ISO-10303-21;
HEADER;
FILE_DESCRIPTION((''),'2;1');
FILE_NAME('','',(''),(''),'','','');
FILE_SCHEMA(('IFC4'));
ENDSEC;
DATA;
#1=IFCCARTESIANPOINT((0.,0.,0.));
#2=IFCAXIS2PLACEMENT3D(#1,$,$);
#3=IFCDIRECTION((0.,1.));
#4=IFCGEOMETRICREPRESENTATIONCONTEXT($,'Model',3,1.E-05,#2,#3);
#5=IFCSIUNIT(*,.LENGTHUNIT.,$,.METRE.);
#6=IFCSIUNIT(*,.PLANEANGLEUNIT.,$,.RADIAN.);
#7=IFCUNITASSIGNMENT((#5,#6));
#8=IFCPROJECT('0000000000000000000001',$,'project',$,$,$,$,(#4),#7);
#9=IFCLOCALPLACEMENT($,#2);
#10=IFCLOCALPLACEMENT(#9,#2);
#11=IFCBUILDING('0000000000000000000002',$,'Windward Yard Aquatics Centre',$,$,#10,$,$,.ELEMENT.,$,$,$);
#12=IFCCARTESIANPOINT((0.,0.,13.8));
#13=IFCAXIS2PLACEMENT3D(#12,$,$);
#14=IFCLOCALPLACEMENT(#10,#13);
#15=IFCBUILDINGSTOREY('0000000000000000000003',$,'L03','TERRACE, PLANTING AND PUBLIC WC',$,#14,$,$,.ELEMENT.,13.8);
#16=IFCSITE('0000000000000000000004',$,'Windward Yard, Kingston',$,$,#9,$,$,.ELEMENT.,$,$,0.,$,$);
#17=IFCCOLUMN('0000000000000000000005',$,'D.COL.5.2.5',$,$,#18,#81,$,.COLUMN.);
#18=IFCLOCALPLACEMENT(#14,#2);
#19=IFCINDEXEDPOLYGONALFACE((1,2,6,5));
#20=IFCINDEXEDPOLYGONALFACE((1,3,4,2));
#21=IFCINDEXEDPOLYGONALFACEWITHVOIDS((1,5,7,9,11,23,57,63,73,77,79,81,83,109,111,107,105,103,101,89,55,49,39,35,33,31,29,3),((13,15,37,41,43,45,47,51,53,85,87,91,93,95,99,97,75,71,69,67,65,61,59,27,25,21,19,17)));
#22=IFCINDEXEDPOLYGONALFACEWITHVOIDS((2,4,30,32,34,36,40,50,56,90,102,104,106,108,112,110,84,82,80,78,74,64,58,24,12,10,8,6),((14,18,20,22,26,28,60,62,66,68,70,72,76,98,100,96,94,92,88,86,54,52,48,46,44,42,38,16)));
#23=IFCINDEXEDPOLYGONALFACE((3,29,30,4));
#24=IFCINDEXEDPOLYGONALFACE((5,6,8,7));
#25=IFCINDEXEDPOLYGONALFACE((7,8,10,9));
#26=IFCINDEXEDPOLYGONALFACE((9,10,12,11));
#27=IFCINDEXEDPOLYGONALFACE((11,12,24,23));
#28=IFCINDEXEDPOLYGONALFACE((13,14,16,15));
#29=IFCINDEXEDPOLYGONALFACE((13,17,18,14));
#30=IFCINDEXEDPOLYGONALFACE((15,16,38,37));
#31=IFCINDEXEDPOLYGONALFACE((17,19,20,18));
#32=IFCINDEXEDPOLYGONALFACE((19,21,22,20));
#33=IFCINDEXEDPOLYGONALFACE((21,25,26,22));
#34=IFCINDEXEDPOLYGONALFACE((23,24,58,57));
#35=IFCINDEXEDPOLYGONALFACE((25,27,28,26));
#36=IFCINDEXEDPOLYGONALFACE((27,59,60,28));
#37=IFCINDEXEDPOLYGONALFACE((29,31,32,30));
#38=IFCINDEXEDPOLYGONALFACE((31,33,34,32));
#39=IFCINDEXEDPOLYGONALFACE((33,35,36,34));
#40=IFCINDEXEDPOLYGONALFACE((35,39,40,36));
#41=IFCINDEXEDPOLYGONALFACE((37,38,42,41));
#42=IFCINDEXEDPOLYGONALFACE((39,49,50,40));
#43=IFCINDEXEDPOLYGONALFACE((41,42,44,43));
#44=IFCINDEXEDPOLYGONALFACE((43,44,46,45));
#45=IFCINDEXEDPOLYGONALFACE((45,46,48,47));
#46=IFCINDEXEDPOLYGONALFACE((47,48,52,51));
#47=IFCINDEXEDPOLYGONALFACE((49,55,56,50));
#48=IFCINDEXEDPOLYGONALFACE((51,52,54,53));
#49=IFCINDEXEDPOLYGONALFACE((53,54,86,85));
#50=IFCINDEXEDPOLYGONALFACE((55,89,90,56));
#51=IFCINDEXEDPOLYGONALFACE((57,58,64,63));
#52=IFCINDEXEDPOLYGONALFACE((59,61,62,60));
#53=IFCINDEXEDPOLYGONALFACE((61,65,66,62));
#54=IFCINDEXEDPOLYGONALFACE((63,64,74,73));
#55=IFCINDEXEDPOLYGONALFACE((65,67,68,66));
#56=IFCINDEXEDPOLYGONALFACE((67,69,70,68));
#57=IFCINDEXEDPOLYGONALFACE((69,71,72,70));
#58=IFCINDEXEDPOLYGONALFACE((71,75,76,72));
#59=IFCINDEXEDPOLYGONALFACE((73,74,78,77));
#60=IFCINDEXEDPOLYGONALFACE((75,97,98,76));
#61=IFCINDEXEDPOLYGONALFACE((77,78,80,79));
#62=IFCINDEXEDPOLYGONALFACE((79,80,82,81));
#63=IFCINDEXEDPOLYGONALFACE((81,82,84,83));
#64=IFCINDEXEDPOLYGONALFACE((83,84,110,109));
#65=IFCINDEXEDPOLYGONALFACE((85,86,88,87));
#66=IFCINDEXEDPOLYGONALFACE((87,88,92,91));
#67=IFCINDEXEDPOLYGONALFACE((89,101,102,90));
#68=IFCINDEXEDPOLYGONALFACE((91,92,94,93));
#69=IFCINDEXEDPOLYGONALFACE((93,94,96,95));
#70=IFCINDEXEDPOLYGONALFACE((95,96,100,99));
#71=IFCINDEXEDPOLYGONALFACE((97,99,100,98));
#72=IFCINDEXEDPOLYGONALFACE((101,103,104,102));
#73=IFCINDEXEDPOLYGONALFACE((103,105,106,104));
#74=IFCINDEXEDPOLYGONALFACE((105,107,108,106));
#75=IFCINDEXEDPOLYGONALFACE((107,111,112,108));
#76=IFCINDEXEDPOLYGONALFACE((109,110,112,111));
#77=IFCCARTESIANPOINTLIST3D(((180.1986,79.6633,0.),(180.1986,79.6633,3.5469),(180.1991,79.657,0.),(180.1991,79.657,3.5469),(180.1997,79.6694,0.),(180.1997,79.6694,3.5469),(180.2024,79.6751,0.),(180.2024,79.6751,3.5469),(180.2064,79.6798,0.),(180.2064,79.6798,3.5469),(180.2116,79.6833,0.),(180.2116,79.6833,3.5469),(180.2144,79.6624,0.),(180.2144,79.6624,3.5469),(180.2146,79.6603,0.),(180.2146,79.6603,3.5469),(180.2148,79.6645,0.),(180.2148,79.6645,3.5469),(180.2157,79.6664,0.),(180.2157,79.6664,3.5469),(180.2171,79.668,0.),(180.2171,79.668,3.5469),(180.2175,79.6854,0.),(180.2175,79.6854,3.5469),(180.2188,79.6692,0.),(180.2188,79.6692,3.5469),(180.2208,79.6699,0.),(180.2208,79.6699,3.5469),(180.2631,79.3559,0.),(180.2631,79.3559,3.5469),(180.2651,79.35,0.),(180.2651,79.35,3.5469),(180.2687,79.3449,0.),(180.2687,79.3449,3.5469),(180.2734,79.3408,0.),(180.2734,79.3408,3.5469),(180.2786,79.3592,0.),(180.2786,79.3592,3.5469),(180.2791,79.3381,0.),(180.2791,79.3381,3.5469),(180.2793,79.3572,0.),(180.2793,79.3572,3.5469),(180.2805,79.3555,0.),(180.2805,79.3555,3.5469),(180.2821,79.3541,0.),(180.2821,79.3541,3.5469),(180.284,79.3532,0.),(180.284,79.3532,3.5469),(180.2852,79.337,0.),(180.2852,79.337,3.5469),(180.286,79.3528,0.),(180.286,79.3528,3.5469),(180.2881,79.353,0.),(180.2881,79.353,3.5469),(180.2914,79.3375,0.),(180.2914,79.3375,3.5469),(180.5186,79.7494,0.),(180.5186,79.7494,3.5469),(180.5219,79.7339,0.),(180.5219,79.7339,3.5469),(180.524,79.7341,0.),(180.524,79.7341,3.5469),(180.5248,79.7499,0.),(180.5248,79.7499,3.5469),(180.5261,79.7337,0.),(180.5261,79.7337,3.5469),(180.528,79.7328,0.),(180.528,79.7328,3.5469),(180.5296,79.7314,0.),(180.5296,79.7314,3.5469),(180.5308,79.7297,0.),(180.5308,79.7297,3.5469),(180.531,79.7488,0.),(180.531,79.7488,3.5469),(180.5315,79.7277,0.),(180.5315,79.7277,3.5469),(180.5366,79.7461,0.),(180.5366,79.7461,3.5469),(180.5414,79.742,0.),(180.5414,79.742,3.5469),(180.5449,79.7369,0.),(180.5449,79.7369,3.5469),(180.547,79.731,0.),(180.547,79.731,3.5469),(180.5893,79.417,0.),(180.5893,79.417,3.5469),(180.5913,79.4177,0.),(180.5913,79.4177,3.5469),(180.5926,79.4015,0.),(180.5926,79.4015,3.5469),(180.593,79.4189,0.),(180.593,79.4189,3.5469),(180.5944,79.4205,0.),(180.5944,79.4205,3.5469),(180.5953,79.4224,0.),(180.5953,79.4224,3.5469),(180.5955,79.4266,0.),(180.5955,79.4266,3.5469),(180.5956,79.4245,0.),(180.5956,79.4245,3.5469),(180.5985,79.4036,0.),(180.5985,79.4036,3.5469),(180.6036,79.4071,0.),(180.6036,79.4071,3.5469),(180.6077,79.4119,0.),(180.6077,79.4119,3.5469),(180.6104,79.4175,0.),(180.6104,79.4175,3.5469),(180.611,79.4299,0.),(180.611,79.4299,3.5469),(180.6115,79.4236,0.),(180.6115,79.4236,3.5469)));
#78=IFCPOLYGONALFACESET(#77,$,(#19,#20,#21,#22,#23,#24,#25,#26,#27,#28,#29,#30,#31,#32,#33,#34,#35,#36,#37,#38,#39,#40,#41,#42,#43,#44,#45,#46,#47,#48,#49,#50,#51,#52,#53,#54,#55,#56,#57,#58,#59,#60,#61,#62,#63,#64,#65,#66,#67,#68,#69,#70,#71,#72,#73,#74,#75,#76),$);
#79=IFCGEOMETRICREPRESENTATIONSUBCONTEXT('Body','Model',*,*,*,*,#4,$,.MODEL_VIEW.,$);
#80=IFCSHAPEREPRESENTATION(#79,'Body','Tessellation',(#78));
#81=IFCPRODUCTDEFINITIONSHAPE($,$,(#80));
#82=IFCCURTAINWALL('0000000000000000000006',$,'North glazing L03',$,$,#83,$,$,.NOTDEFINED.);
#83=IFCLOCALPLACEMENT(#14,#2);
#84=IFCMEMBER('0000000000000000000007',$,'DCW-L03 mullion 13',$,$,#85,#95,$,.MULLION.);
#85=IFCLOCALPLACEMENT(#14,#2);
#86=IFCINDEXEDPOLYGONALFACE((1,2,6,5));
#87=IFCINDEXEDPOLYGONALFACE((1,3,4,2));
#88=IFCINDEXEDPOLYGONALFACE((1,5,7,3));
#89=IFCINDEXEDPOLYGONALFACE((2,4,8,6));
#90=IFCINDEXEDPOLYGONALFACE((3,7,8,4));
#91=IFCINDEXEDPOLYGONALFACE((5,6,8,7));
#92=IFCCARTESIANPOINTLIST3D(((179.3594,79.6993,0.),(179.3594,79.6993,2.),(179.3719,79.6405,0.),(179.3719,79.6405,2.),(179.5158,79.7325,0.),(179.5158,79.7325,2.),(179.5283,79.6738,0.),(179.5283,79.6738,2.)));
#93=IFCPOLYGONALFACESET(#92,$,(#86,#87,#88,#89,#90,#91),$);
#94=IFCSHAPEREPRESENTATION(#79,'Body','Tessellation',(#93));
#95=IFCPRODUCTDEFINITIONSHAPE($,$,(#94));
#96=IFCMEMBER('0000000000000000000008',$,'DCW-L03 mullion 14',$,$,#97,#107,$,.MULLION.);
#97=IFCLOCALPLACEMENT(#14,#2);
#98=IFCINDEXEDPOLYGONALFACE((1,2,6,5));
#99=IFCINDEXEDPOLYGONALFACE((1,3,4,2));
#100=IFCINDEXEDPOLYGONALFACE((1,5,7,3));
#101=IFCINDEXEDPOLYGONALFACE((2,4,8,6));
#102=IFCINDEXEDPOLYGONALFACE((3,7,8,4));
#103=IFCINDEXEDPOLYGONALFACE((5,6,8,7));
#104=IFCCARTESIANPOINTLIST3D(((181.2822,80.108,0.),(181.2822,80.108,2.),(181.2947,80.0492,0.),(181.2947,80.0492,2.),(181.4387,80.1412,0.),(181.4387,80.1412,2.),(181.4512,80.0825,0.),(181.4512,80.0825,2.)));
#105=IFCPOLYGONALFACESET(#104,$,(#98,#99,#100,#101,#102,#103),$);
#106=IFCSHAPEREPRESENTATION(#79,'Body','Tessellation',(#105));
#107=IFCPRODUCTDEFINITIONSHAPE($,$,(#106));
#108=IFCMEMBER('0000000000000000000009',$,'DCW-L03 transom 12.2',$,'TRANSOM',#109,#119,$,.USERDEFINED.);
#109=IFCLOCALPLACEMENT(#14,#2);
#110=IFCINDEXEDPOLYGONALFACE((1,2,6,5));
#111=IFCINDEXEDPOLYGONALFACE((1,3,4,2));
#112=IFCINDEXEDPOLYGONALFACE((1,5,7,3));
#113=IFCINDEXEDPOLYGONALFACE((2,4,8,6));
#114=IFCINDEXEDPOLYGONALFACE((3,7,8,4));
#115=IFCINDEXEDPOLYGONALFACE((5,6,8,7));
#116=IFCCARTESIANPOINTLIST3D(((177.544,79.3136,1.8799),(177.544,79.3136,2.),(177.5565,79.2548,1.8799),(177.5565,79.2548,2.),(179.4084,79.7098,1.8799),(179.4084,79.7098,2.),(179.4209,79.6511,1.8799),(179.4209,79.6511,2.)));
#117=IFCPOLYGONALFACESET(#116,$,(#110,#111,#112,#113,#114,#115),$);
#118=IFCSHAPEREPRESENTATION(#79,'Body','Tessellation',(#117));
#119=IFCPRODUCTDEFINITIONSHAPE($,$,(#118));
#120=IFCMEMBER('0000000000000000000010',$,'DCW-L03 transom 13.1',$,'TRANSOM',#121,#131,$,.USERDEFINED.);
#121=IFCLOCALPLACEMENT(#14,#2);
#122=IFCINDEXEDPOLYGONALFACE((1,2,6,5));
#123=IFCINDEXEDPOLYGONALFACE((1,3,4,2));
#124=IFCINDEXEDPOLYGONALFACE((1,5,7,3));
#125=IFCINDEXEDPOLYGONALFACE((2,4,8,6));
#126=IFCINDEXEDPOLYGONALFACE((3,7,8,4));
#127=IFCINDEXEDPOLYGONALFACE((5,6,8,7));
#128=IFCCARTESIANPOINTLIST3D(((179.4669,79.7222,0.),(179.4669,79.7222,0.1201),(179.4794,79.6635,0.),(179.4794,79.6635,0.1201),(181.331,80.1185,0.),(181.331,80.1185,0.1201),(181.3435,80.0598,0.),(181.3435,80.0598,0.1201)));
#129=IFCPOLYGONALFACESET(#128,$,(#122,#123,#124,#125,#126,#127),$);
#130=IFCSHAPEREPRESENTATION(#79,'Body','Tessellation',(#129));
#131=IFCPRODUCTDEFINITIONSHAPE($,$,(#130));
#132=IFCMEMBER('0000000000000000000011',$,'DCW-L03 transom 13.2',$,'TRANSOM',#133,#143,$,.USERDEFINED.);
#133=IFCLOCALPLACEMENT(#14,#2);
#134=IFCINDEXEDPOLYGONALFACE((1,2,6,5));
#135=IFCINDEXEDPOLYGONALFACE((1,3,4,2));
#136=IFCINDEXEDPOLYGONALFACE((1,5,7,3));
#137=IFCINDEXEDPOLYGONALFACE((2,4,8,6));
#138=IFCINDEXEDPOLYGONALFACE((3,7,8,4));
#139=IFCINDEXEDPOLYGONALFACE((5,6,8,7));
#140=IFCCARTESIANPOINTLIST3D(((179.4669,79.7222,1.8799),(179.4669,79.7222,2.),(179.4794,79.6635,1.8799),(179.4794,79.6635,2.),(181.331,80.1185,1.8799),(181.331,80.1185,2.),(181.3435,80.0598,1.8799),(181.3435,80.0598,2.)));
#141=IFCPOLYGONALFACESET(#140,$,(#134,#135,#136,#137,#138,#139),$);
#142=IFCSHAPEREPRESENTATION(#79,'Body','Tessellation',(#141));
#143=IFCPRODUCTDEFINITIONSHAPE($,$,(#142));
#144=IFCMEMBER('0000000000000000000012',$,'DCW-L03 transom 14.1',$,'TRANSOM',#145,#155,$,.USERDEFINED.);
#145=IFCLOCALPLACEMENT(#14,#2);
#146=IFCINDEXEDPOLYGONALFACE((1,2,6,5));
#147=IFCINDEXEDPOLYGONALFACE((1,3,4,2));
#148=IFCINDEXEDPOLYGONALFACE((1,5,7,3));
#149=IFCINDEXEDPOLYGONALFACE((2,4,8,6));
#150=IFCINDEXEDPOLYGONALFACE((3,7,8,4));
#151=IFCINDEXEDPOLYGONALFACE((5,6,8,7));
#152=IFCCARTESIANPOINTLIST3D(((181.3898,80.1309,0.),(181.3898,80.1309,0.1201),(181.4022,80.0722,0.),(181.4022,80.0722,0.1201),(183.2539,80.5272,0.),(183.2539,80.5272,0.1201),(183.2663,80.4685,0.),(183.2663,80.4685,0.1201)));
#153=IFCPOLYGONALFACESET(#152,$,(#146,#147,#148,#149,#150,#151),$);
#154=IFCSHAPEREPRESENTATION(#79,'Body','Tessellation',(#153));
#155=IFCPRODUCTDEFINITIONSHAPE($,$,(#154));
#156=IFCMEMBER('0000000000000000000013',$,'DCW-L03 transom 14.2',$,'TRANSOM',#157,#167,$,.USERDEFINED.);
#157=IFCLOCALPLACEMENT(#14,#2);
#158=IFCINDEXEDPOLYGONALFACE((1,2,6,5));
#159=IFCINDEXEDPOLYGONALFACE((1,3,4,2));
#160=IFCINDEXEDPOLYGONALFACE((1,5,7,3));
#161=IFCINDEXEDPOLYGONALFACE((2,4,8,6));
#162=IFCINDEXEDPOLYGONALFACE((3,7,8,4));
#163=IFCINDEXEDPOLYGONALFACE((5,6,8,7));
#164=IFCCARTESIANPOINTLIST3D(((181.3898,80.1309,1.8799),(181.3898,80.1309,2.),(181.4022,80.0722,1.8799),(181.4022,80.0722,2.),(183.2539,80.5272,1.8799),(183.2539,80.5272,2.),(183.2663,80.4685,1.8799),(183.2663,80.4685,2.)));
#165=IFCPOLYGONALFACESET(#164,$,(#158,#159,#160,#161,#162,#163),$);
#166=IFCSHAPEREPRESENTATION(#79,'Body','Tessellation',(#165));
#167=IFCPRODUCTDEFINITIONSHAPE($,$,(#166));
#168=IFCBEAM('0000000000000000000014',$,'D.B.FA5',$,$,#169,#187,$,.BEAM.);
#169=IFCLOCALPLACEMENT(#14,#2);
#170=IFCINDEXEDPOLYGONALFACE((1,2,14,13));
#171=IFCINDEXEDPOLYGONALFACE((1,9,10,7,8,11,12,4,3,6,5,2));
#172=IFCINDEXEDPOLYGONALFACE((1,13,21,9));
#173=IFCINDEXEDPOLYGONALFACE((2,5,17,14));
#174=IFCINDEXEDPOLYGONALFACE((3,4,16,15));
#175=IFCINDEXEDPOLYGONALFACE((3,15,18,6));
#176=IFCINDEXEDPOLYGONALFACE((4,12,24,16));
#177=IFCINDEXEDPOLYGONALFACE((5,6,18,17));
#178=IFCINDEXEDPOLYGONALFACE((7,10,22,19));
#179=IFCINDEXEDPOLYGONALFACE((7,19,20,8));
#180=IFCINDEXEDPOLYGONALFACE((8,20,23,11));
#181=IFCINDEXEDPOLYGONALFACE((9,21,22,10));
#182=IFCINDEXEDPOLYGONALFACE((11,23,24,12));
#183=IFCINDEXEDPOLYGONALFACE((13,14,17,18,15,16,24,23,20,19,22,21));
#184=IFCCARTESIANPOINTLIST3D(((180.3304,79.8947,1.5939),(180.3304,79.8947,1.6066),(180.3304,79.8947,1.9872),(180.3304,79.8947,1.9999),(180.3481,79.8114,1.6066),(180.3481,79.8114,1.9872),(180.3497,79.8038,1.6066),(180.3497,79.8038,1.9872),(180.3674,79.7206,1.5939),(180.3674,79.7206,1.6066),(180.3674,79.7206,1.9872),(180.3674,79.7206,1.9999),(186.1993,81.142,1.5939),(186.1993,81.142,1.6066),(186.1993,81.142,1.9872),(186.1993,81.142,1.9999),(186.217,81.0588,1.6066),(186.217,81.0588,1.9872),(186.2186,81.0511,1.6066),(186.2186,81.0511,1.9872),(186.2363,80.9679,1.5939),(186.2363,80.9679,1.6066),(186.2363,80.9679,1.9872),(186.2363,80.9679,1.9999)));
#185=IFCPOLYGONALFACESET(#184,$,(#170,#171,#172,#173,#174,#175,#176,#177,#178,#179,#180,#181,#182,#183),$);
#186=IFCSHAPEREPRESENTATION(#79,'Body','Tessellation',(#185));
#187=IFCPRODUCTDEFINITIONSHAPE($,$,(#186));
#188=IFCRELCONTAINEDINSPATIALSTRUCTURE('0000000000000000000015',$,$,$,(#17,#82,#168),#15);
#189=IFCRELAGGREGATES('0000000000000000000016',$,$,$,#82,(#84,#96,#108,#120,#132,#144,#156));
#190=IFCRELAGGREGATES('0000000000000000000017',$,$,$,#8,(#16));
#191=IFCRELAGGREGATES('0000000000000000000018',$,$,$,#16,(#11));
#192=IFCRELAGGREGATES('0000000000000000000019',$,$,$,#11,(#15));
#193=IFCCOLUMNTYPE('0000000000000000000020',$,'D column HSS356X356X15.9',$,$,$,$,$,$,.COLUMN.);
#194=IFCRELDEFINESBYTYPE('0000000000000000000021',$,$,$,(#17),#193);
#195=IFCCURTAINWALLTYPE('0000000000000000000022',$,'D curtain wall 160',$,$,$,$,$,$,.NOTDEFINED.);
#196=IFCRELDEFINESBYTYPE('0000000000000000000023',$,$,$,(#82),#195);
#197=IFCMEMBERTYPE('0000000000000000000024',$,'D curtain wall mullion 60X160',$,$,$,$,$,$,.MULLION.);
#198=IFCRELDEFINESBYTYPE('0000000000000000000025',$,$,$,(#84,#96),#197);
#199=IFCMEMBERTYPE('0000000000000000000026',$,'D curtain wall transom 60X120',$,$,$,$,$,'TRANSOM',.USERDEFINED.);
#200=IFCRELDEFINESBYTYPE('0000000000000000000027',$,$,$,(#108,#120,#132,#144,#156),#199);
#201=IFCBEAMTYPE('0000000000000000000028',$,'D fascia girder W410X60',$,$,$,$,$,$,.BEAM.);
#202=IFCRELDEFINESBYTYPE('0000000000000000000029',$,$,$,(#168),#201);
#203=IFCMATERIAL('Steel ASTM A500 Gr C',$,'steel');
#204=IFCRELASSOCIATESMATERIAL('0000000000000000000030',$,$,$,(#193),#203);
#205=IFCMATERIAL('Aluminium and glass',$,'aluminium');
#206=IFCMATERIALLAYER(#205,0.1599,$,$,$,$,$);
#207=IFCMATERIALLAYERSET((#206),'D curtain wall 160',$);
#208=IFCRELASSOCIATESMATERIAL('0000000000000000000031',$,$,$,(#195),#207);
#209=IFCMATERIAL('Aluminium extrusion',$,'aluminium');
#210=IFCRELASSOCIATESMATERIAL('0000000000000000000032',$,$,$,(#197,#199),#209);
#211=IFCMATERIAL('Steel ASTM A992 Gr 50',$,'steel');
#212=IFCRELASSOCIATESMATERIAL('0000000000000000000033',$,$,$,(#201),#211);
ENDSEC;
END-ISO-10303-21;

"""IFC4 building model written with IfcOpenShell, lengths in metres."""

from ifc_helpers import new_model, si_unit, direction, frame, origin, origin_2d, place, context, subcontext, project, spatial, rectangle, hollow_rectangle, i_section, extrude, material, layer, layer_set, material_profile, profile_set, type_object, element, aggregate, save


model = new_model("IFC4")

# Units and contexts
model_context = context("Model", 3, precision=1e-05, world=origin(), true_north=direction((0.0, 1.0)))
body_context = subcontext(model_context, "Body", "Model", "MODEL_VIEW")
ifc_project = project(units=[si_unit("LENGTHUNIT", "METRE"), si_unit("PLANEANGLEUNIT", "RADIAN")], contexts=[model_context])

# Site, building, storey
site_placement = place(None, origin())
site = spatial("IfcSite", under=ifc_project, at=site_placement, Name="Windward Yard, Kingston", CompositionType="ELEMENT", RefElevation=0.0)
building_placement = place(site_placement, origin())
building = spatial("IfcBuilding", under=site, at=building_placement, Name="Windward Yard Aquatics Centre", CompositionType="ELEMENT")
storey_placement = place(building_placement, frame((0.0, 0.0, 13.8)))
storey = spatial("IfcBuildingStorey", under=building, at=storey_placement, Name="L03", Description="TERRACE, PLANTING AND PUBLIC WC", CompositionType="ELEMENT", Elevation=13.8)

# Column
ifc_material_1 = material(Name="Steel ASTM A500 Gr C", Category="steel")
ifc_material_profile_1 = material_profile(ifc_material_1, hollow_rectangle(XDim=0.3557, YDim=0.3557, WallThickness=0.0159, InnerFilletRadius=0.0081, OuterFilletRadius=0.0239, at=origin_2d()), Name="HSS356X356X15.9")
ifc_profile_set_1 = profile_set([ifc_material_profile_1], Name="Steel ASTM A500 Gr C")
column_type = type_object("IfcColumnType", Name="D column HSS356X356X15.9", PredefinedType="COLUMN", material=ifc_profile_set_1)
column_placement = place(storey_placement, frame((180.405, 79.5435, 0.0), z_axis=(0.0, 0.0, 1.0), x_axis=(0.978148, 0.207912, 0.0)))
element("IfcColumn", 1, at=column_placement, inside=storey, type_object=column_type, Name="D.COL.5.2.5", PredefinedType="COLUMN", context=body_context, shape_type="SweptSolid", body=[
    extrude(hollow_rectangle(XDim=0.3557, YDim=0.3557, WallThickness=0.0159, InnerFilletRadius=0.0081, OuterFilletRadius=0.0239, at=origin_2d()), origin(), (0.0, 0.0, 1.0), 3.5469),
])

# Curtain wall, members
ifc_material_2 = material(Name="Aluminium and glass", Category="aluminium")
ifc_layer_1 = layer(ifc_material_2, 0.1599)
ifc_layer_set_1 = layer_set([ifc_layer_1], Name="D curtain wall 160")
curtain_wall_type = type_object("IfcCurtainWallType", Name="D curtain wall 160", PredefinedType="NOTDEFINED", material=ifc_layer_set_1)
curtain_wall_placement = place(storey_placement, origin())
curtain_wall = element("IfcCurtainWall", 2, at=curtain_wall_placement, inside=storey, type_object=curtain_wall_type, Name="North glazing L03", PredefinedType="NOTDEFINED")
ifc_material_3 = material(Name="Aluminium extrusion", Category="aluminium")
ifc_material_profile_2 = material_profile(ifc_material_3, rectangle(XDim=0.0601, YDim=0.1599, at=origin_2d()), Name="MULLION 60X160")
ifc_profile_set_2 = profile_set([ifc_material_profile_2], Name="Aluminium extrusion")
member_type_1 = type_object("IfcMemberType", Name="D curtain wall mullion 60X160", PredefinedType="MULLION", material=ifc_profile_set_2)
member_1_placement = place(storey_placement, frame((179.4438, 79.6865, 0.0), z_axis=(0.0, 0.0, 1.0), x_axis=(-0.207912, 0.978148, 0.0)))
member_1 = element("IfcMember", 3, at=member_1_placement, type_object=member_type_1, Name="DCW-L03 mullion 13", PredefinedType="MULLION", context=body_context, shape_type="SweptSolid", body=[
    extrude(rectangle(XDim=0.0601, YDim=0.1599, at=origin_2d()), origin(), (0.0, 0.0, 1.0), 2.0),
])
member_2_placement = place(storey_placement, frame((181.3667, 80.0952, 0.0), z_axis=(0.0, 0.0, 1.0), x_axis=(-0.207912, 0.978148, 0.0)))
member_2 = element("IfcMember", 4, at=member_2_placement, type_object=member_type_1, Name="DCW-L03 mullion 14", PredefinedType="MULLION", context=body_context, shape_type="SweptSolid", body=[
    extrude(rectangle(XDim=0.0601, YDim=0.1599, at=origin_2d()), origin(), (0.0, 0.0, 1.0), 2.0),
])
ifc_material_profile_3 = material_profile(ifc_material_3, rectangle(XDim=0.0601, YDim=0.1201, at=origin_2d()), Name="TRANSOM 60X120")
ifc_profile_set_3 = profile_set([ifc_material_profile_3], Name="Aluminium extrusion")
member_type_2 = type_object("IfcMemberType", Name="D curtain wall transom 60X120", ElementType="TRANSOM", PredefinedType="USERDEFINED", material=ifc_profile_set_3)
member_3_placement = place(storey_placement, frame((177.5503, 79.2842, 1.9399), z_axis=(0.97815, 0.207902, 0.0), x_axis=(-0.207902, 0.97815, 0.0)))
member_3 = element("IfcMember", 5, at=member_3_placement, type_object=member_type_2, Name="DCW-L03 transom 12.2", ObjectType="TRANSOM", PredefinedType="USERDEFINED", context=body_context, shape_type="SweptSolid", body=[
    extrude(rectangle(XDim=0.0601, YDim=0.1201, at=origin_2d()), origin(), (0.0, 0.0, 1.0), 1.906),
])
member_4_placement = place(storey_placement, frame((179.4731, 79.6929, 0.0601), z_axis=(0.978144, 0.207928, 0.0), x_axis=(-0.207928, 0.978144, 0.0)))
member_4 = element("IfcMember", 6, at=member_4_placement, type_object=member_type_2, Name="DCW-L03 transom 13.1", ObjectType="TRANSOM", PredefinedType="USERDEFINED", context=body_context, shape_type="SweptSolid", body=[
    extrude(rectangle(XDim=0.0601, YDim=0.1201, at=origin_2d()), origin(), (0.0, 0.0, 1.0), 1.9058),
])
member_5_placement = place(storey_placement, frame((179.4731, 79.6929, 1.9399), z_axis=(0.978144, 0.207928, 0.0), x_axis=(-0.207928, 0.978144, 0.0)))
member_5 = element("IfcMember", 7, at=member_5_placement, type_object=member_type_2, Name="DCW-L03 transom 13.2", ObjectType="TRANSOM", PredefinedType="USERDEFINED", context=body_context, shape_type="SweptSolid", body=[
    extrude(rectangle(XDim=0.0601, YDim=0.1201, at=origin_2d()), origin(), (0.0, 0.0, 1.0), 1.9058),
])
member_6_placement = place(storey_placement, frame((181.396, 80.1016, 0.0601), z_axis=(0.978144, 0.207928, 0.0), x_axis=(-0.207928, 0.978144, 0.0)))
member_6 = element("IfcMember", 8, at=member_6_placement, type_object=member_type_2, Name="DCW-L03 transom 14.1", ObjectType="TRANSOM", PredefinedType="USERDEFINED", context=body_context, shape_type="SweptSolid", body=[
    extrude(rectangle(XDim=0.0601, YDim=0.1201, at=origin_2d()), origin(), (0.0, 0.0, 1.0), 1.9058),
])
member_7_placement = place(storey_placement, frame((181.396, 80.1016, 1.9399), z_axis=(0.978144, 0.207928, 0.0), x_axis=(-0.207928, 0.978144, 0.0)))
member_7 = element("IfcMember", 9, at=member_7_placement, type_object=member_type_2, Name="DCW-L03 transom 14.2", ObjectType="TRANSOM", PredefinedType="USERDEFINED", context=body_context, shape_type="SweptSolid", body=[
    extrude(rectangle(XDim=0.0601, YDim=0.1201, at=origin_2d()), origin(), (0.0, 0.0, 1.0), 1.9058),
])

# Beam
ifc_material_4 = material(Name="Steel ASTM A992 Gr 50", Category="steel")
ifc_material_profile_4 = material_profile(ifc_material_4, i_section(OverallWidth=0.178, OverallDepth=0.406, WebThickness=0.0078, FlangeThickness=0.0127, at=origin_2d()), Name="W410X60")
ifc_profile_set_4 = profile_set([ifc_material_profile_4], Name="Steel ASTM A992 Gr 50")
beam_type = type_object("IfcBeamType", Name="D fascia girder W410X60", PredefinedType="BEAM", material=ifc_profile_set_4)
beam_placement = place(storey_placement, frame((180.3489, 79.8076, 1.7969), z_axis=(0.978153, 0.207886, 0.0), x_axis=(-0.207886, 0.978153, 0.0)))
element("IfcBeam", 10, at=beam_placement, inside=storey, type_object=beam_type, Name="D.B.FA5", PredefinedType="BEAM", context=body_context, shape_type="SweptSolid", body=[
    extrude(i_section(OverallWidth=0.178, OverallDepth=0.406, WebThickness=0.0078, FlangeThickness=0.0127, at=origin_2d()), origin(), (0.0, 0.0, 1.0), 6.0),
])

aggregate(curtain_wall, [member_1, member_2, member_3, member_4, member_5, member_6, member_7])

save(model, "model.ifc")
